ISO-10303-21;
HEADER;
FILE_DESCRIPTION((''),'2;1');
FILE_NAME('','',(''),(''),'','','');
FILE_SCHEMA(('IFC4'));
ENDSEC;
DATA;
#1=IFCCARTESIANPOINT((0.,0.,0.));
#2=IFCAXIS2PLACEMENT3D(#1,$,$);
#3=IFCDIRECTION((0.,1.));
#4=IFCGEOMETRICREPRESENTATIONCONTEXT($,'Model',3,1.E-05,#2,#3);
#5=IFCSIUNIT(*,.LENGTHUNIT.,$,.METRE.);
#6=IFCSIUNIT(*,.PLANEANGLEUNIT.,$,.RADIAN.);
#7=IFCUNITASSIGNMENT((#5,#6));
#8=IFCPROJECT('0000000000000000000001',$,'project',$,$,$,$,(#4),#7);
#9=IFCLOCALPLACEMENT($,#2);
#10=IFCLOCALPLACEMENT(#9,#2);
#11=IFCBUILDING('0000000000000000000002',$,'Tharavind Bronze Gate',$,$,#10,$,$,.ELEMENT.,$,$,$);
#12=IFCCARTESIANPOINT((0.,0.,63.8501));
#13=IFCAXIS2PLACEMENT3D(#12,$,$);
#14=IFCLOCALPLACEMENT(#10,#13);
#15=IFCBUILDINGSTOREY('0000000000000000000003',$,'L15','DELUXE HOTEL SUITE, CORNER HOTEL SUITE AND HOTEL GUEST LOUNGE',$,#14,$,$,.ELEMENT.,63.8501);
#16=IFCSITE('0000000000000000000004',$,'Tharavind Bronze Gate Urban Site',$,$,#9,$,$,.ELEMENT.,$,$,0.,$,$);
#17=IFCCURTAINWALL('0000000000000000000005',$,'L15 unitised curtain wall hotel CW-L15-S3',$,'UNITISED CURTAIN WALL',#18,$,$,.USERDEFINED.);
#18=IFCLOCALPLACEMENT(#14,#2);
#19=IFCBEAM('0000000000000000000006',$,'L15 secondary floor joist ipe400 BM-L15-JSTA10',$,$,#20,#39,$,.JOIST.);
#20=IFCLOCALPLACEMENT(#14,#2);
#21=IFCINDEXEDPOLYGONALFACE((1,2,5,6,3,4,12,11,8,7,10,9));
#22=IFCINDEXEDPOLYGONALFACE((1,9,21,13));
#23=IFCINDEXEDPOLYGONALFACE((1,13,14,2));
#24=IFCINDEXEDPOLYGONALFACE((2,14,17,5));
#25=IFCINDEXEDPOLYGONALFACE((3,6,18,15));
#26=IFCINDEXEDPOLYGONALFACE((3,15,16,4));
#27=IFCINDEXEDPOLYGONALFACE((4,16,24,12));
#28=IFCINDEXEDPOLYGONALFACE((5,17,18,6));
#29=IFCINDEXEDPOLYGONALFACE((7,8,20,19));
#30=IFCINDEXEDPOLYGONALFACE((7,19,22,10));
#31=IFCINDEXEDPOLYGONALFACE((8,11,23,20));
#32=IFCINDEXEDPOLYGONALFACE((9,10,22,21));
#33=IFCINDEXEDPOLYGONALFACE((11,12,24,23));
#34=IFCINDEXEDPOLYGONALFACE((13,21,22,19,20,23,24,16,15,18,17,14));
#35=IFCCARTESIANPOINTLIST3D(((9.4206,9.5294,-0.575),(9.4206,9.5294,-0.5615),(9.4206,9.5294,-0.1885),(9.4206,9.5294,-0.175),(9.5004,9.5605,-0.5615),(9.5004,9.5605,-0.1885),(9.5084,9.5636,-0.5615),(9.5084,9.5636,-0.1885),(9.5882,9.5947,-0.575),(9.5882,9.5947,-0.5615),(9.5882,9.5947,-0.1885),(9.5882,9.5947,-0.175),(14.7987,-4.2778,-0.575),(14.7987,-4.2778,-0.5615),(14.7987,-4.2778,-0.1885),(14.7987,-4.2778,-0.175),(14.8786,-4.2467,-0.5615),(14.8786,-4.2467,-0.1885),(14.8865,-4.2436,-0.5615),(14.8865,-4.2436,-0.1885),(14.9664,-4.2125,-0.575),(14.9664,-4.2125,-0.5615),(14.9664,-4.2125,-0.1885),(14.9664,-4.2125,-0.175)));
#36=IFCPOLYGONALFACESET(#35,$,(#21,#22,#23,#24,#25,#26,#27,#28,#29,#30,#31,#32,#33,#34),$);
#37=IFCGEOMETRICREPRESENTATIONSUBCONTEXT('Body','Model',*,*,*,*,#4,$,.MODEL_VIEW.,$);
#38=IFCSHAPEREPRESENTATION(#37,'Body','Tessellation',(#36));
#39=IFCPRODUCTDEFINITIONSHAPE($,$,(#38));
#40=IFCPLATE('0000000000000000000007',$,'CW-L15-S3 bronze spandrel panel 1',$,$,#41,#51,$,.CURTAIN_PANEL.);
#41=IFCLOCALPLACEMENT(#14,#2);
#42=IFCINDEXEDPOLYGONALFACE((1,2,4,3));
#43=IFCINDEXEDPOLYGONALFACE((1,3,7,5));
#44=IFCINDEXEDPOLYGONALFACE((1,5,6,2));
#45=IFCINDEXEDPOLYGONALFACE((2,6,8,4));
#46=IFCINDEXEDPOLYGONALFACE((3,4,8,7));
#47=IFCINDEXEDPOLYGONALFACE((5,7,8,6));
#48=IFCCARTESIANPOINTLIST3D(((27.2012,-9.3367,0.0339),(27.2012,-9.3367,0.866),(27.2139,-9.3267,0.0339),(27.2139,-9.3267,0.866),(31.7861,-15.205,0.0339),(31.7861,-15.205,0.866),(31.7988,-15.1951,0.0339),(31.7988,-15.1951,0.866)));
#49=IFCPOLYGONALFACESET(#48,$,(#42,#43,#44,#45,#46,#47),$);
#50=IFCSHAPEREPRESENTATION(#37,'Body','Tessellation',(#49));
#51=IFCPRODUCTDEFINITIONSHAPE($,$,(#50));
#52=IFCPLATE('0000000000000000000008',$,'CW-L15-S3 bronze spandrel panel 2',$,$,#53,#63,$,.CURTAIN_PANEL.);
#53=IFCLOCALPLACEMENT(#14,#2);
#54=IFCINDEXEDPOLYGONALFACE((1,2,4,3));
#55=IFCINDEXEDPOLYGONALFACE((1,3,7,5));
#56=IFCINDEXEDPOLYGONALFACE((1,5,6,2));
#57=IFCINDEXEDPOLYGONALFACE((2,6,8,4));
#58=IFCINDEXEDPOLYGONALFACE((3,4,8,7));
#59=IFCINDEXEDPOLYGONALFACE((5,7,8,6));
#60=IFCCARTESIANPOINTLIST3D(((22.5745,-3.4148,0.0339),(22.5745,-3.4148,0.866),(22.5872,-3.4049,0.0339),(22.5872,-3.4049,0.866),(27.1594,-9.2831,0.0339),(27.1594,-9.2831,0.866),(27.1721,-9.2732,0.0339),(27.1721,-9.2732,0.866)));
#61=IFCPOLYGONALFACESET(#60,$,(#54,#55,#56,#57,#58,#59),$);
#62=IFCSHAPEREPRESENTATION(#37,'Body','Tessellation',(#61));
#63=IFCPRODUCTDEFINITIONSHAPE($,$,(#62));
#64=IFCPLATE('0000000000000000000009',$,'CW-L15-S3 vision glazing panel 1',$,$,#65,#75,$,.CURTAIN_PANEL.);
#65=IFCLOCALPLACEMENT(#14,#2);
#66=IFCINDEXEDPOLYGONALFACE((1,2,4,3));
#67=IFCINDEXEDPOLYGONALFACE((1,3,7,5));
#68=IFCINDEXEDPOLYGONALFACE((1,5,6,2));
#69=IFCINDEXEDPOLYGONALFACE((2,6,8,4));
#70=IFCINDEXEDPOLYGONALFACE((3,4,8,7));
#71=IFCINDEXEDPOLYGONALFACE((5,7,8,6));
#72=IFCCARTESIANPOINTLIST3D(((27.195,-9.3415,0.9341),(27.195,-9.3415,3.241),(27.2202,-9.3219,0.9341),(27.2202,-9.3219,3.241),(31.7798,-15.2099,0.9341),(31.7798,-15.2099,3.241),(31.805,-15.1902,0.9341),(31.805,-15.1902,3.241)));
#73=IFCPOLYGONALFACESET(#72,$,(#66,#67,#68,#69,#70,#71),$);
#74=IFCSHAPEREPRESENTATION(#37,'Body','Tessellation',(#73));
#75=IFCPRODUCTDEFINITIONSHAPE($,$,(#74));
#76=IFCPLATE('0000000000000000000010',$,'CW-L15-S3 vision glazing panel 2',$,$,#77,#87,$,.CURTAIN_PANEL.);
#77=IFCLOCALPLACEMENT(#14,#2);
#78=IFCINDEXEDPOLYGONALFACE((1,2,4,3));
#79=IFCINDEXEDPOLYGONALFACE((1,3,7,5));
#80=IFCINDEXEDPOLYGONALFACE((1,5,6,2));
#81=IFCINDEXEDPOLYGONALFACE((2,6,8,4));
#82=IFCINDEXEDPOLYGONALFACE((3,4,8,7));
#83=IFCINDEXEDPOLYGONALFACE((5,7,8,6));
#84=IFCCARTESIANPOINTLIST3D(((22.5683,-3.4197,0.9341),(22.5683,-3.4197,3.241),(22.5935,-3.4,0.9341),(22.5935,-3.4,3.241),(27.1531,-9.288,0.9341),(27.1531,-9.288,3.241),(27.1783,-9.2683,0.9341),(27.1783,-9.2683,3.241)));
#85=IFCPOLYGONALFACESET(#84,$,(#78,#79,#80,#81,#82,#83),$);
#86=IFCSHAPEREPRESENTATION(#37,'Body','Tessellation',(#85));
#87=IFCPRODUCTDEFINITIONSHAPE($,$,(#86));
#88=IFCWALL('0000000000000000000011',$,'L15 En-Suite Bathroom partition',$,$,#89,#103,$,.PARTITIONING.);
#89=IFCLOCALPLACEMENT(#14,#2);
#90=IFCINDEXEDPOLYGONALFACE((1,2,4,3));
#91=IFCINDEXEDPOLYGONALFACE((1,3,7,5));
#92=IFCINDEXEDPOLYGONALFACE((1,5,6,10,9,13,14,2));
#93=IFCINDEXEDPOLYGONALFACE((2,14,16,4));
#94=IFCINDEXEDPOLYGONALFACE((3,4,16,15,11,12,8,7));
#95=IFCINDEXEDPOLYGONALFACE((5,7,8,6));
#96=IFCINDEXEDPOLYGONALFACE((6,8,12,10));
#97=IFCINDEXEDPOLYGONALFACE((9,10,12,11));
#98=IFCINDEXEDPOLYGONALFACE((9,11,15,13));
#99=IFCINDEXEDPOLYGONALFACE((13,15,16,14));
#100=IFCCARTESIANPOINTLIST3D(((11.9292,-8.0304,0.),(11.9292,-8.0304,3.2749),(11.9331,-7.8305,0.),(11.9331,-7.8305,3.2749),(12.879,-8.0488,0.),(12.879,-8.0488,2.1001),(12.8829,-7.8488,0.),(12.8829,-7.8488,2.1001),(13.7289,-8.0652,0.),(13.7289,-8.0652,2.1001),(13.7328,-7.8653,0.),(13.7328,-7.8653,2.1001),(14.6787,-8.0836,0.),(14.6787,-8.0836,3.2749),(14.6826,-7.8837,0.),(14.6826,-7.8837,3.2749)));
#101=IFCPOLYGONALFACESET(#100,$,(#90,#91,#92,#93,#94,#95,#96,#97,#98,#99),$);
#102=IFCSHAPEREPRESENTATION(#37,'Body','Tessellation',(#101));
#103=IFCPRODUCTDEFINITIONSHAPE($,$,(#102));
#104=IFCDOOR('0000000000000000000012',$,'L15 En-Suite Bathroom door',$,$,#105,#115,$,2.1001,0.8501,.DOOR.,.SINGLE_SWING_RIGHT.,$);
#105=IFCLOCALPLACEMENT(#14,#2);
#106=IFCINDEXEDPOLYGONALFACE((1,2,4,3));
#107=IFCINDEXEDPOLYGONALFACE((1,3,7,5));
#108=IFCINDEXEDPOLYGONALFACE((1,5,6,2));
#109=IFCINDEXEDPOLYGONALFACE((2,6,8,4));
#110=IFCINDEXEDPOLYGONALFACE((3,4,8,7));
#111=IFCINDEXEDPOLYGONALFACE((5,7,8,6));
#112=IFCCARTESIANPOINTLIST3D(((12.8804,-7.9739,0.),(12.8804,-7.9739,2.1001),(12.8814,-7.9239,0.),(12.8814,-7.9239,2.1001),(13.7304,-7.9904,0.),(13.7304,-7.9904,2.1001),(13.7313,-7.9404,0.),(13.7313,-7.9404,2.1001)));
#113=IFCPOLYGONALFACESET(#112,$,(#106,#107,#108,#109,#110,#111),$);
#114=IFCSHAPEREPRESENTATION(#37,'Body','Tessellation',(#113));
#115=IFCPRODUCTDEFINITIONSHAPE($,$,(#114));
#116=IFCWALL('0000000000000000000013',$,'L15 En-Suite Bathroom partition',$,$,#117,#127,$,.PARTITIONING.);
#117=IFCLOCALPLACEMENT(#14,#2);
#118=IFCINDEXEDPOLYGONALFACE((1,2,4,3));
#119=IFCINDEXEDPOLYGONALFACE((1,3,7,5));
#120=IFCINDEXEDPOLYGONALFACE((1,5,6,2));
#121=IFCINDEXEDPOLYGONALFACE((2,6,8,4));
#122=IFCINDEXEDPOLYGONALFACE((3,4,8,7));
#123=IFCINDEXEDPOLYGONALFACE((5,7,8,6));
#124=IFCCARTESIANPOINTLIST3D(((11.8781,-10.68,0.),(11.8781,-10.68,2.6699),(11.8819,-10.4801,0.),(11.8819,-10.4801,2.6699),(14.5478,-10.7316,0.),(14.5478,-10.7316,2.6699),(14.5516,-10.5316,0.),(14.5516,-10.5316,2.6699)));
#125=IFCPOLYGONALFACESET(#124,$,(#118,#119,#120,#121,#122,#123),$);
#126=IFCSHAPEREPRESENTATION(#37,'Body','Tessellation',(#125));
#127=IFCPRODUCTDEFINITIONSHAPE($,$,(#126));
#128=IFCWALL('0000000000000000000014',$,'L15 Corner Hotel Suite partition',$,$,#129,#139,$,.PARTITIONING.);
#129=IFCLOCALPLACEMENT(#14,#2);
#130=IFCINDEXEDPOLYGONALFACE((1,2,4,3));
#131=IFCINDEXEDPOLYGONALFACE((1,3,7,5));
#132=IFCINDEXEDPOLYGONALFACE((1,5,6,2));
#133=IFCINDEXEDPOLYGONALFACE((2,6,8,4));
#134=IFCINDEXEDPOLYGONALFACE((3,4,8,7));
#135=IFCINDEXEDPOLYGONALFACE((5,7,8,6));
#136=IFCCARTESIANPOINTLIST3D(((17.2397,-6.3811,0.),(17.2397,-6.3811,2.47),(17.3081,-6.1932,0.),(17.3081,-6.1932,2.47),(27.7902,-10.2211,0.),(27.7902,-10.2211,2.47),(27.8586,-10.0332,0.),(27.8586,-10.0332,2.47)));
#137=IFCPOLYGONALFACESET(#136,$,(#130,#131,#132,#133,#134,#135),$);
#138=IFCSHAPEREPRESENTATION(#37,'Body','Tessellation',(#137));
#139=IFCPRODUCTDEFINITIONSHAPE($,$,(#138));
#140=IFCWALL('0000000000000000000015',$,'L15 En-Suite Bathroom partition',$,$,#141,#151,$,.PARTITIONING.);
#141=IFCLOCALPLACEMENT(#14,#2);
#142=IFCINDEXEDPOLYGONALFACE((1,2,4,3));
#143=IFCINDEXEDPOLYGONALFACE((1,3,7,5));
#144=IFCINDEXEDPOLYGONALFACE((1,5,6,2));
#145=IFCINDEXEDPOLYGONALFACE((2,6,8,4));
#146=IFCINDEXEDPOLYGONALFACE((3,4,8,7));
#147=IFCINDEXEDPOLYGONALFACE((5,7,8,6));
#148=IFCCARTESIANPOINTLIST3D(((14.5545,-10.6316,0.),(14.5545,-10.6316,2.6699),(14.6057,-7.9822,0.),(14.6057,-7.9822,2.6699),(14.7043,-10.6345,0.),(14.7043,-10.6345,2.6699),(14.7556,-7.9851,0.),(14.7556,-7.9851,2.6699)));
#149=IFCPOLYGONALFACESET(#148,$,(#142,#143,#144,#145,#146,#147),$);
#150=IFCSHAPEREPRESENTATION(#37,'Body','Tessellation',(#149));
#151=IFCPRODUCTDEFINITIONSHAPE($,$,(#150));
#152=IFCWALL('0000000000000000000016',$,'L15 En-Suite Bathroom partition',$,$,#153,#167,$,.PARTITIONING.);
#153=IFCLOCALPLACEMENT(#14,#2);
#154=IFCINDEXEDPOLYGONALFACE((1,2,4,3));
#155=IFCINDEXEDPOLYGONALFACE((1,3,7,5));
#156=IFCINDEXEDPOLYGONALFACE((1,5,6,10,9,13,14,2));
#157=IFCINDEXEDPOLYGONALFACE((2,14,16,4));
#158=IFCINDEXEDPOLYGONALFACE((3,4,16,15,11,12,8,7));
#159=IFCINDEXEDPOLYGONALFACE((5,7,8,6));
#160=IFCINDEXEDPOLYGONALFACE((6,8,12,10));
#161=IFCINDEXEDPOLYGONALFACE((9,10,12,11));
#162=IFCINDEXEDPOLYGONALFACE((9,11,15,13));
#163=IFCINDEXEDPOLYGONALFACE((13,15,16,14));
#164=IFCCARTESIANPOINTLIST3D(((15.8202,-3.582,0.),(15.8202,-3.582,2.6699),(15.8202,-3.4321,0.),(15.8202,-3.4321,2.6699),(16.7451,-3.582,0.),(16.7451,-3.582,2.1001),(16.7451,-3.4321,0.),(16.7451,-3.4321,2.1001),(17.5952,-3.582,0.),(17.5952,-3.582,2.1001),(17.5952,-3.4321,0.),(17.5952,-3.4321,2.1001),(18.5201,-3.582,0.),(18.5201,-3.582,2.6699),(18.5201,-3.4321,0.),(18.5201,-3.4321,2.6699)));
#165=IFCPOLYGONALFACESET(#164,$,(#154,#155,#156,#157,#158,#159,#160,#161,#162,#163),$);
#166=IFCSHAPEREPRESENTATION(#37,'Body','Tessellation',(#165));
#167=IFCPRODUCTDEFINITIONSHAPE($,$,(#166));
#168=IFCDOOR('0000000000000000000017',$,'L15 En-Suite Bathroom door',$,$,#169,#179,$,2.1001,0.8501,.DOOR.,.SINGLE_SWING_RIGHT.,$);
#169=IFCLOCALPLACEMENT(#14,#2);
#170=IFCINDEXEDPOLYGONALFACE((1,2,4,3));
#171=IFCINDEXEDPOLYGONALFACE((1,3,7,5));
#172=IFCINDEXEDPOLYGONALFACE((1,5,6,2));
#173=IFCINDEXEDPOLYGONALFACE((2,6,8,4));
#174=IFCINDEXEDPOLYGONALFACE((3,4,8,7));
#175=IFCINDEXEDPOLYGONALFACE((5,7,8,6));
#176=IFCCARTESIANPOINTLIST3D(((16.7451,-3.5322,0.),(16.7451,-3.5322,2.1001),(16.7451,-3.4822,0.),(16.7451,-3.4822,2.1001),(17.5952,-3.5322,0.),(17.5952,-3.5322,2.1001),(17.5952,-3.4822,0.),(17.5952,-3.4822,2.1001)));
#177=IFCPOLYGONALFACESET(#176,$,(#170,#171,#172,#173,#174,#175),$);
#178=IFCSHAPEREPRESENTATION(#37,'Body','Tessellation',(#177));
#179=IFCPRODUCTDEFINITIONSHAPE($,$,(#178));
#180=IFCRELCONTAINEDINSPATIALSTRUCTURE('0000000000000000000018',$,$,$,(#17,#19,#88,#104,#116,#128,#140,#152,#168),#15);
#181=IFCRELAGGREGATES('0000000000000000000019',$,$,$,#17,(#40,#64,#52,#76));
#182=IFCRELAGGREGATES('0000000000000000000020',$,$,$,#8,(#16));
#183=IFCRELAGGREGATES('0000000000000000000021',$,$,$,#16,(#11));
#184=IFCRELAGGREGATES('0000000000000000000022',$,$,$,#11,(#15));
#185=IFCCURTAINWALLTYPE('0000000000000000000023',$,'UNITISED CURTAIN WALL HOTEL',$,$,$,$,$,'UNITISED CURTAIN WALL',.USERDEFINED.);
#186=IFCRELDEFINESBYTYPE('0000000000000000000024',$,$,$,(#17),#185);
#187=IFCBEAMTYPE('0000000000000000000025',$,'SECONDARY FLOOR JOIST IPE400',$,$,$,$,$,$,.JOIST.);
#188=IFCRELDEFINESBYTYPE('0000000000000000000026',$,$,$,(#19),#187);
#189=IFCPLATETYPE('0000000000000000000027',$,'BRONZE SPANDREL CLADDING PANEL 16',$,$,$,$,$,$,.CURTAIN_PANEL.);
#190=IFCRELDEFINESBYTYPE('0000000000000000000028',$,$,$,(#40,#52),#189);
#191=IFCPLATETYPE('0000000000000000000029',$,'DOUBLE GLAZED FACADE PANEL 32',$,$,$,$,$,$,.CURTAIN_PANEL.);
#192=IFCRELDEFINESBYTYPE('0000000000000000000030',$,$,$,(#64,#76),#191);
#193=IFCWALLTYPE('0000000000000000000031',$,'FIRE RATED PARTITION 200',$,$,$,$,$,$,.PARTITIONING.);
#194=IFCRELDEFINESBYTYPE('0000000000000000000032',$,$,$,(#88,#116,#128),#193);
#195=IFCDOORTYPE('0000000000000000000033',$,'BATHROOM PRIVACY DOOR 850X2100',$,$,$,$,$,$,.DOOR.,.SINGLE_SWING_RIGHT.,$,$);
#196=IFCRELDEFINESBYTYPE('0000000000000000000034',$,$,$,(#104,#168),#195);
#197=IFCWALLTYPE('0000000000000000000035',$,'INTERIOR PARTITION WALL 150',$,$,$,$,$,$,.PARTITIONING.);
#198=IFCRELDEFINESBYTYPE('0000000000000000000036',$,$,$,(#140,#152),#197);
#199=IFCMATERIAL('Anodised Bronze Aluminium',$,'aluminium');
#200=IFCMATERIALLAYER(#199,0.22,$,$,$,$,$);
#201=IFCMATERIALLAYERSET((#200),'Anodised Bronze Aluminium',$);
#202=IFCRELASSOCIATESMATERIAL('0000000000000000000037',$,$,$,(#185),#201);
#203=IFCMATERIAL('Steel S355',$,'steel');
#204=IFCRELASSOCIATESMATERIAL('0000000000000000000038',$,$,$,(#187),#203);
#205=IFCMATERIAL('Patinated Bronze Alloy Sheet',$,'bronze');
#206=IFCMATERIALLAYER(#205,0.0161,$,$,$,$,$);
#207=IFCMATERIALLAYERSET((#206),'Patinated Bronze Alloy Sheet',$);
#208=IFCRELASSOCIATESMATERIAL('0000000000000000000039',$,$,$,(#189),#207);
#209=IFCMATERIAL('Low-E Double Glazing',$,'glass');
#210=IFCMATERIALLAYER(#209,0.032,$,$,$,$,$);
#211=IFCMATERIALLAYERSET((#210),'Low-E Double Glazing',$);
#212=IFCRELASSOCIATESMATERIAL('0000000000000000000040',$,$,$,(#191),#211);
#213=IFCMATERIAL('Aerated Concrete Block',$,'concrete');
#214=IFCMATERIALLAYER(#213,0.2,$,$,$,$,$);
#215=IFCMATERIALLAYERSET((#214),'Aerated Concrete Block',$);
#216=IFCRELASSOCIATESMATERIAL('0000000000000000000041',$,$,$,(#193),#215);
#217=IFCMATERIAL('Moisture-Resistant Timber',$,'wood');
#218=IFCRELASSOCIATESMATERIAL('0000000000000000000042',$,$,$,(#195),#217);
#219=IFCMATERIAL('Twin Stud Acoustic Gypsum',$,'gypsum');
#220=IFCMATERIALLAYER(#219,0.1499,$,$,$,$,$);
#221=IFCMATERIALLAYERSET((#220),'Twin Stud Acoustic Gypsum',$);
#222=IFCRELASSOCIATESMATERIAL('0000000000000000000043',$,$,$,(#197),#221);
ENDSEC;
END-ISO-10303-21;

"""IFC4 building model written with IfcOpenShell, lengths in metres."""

from ifc_helpers import new_model, si_unit, direction, frame, frame_2d, origin, origin_2d, place, context, subcontext, project, spatial, rectangle, i_section, extrude, material, layer, layer_set, material_profile, profile_set, type_object, element, fill, aggregate, save


model = new_model("IFC4")

# Units and contexts
model_context = context("Model", 3, precision=1e-05, world=origin(), true_north=direction((0.0, 1.0)))
body_context = subcontext(model_context, "Body", "Model", "MODEL_VIEW")
ifc_project = project(units=[si_unit("LENGTHUNIT", "METRE"), si_unit("PLANEANGLEUNIT", "RADIAN")], contexts=[model_context])

# Site, building, storey
site_placement = place(None, origin())
site = spatial("IfcSite", under=ifc_project, at=site_placement, Name="Tharavind Bronze Gate Urban Site", CompositionType="ELEMENT", RefElevation=0.0)
building_placement = place(site_placement, origin())
building = spatial("IfcBuilding", under=site, at=building_placement, Name="Tharavind Bronze Gate", CompositionType="ELEMENT")
storey_placement = place(building_placement, frame((0.0, 0.0, 63.8501)))
storey = spatial("IfcBuildingStorey", under=building, at=storey_placement, Name="L15", Description="DELUXE HOTEL SUITE, CORNER HOTEL SUITE AND HOTEL GUEST LOUNGE", CompositionType="ELEMENT", Elevation=63.8501)

# Curtain wall
ifc_material_1 = material(Name="Anodised Bronze Aluminium", Category="aluminium")
ifc_layer_1 = layer(ifc_material_1, 0.22)
ifc_layer_set_1 = layer_set([ifc_layer_1], Name="Anodised Bronze Aluminium")
curtain_wall_type = type_object("IfcCurtainWallType", Name="UNITISED CURTAIN WALL HOTEL", ElementType="UNITISED CURTAIN WALL", PredefinedType="USERDEFINED", material=ifc_layer_set_1)
curtain_wall_placement = place(storey_placement, origin())
curtain_wall = element("IfcCurtainWall", 1, at=curtain_wall_placement, inside=storey, type_object=curtain_wall_type, Name="L15 unitised curtain wall hotel CW-L15-S3", ObjectType="UNITISED CURTAIN WALL", PredefinedType="USERDEFINED")

# Beam
ifc_material_2 = material(Name="Steel S355", Category="steel")
ifc_material_profile_1 = material_profile(ifc_material_2, i_section(OverallWidth=0.1799, OverallDepth=0.3999, WebThickness=0.0085, FlangeThickness=0.0134, at=origin_2d()), Name="IPE400")
ifc_profile_set_1 = profile_set([ifc_material_profile_1], Name="Steel S355")
beam_type_1 = type_object("IfcBeamType", Name="SECONDARY FLOOR JOIST IPE400", PredefinedType="JOIST", material=ifc_profile_set_1)
beam_1_placement = place(storey_placement, frame((14.8826, -4.2451, -0.375), z_axis=(-0.362958, 0.931805, 0.0), x_axis=(-0.931805, -0.362958, 0.0)))
element("IfcBeam", 2, at=beam_1_placement, inside=storey, type_object=beam_type_1, Name="L15 secondary floor joist ipe400 BM-L15-JSTA10", PredefinedType="JOIST", context=body_context, shape_type="SweptSolid", body=[
    extrude(i_section(OverallWidth=0.1799, OverallDepth=0.3999, WebThickness=0.0085, FlangeThickness=0.0134, at=origin_2d()), origin(), (0.0, 0.0, 1.0), 14.8176),
])

# Plates
ifc_material_3 = material(Name="Patinated Bronze Alloy Sheet", Category="bronze")
ifc_layer_2 = layer(ifc_material_3, 0.0161)
ifc_layer_set_2 = layer_set([ifc_layer_2], Name="Patinated Bronze Alloy Sheet")
plate_type_1 = type_object("IfcPlateType", Name="BRONZE SPANDREL CLADDING PANEL 16", PredefinedType="CURTAIN_PANEL", material=ifc_layer_set_2)
plate_1_placement = place(storey_placement, frame((29.5, -12.2659, 0.0339), z_axis=(0.0, 0.0, 1.0), x_axis=(-0.615661, 0.788011, 0.0)))
plate_1 = element("IfcPlate", 3, at=plate_1_placement, type_object=plate_type_1, Name="CW-L15-S3 bronze spandrel panel 1", PredefinedType="CURTAIN_PANEL", context=body_context, shape_type="SweptSolid", body=[
    extrude(rectangle(XDim=7.447, YDim=0.0161, at=origin_2d()), origin(), (0.0, 0.0, 1.0), 0.832),
])
plate_2_placement = place(storey_placement, frame((24.8733, -6.344, 0.0339), z_axis=(0.0, 0.0, 1.0), x_axis=(-0.615661, 0.788011, 0.0)))
plate_2 = element("IfcPlate", 4, at=plate_2_placement, type_object=plate_type_1, Name="CW-L15-S3 bronze spandrel panel 2", PredefinedType="CURTAIN_PANEL", context=body_context, shape_type="SweptSolid", body=[
    extrude(rectangle(XDim=7.447, YDim=0.0161, at=origin_2d()), origin(), (0.0, 0.0, 1.0), 0.832),
])
ifc_material_4 = material(Name="Low-E Double Glazing", Category="glass")
ifc_layer_3 = layer(ifc_material_4, 0.032)
ifc_layer_set_3 = layer_set([ifc_layer_3], Name="Low-E Double Glazing")
plate_type_2 = type_object("IfcPlateType", Name="DOUBLE GLAZED FACADE PANEL 32", PredefinedType="CURTAIN_PANEL", material=ifc_layer_set_3)
plate_3_placement = place(storey_placement, frame((29.5, -12.2659, 0.9341), z_axis=(0.0, 0.0, 1.0), x_axis=(-0.615661, 0.788011, 0.0)))
plate_3 = element("IfcPlate", 5, at=plate_3_placement, type_object=plate_type_2, Name="CW-L15-S3 vision glazing panel 1", PredefinedType="CURTAIN_PANEL", context=body_context, shape_type="SweptSolid", body=[
    extrude(rectangle(XDim=7.447, YDim=0.032, at=origin_2d()), origin(), (0.0, 0.0, 1.0), 2.3069),
])
plate_4_placement = place(storey_placement, frame((24.8733, -6.344, 0.9341), z_axis=(0.0, 0.0, 1.0), x_axis=(-0.615661, 0.788011, 0.0)))
plate_4 = element("IfcPlate", 6, at=plate_4_placement, type_object=plate_type_2, Name="CW-L15-S3 vision glazing panel 2", PredefinedType="CURTAIN_PANEL", context=body_context, shape_type="SweptSolid", body=[
    extrude(rectangle(XDim=7.447, YDim=0.032, at=origin_2d()), origin(), (0.0, 0.0, 1.0), 2.3069),
])
aggregate(curtain_wall, [plate_1, plate_3, plate_2, plate_4])

# Wall, opening, door
ifc_material_5 = material(Name="Aerated Concrete Block", Category="concrete")
ifc_layer_4 = layer(ifc_material_5, 0.2)
ifc_layer_set_4 = layer_set([ifc_layer_4], Name="Aerated Concrete Block")
wall_type_1 = type_object("IfcWallType", Name="FIRE RATED PARTITION 200", PredefinedType="PARTITIONING", material=ifc_layer_set_4)
wall_1_placement = place(storey_placement, frame((11.9312, -7.9304, 0.0), z_axis=(0.0, 0.0, 1.0), x_axis=(0.999813, -0.019354, 0.0)))
wall_1 = element("IfcWall", 7, at=wall_1_placement, inside=storey, type_object=wall_type_1, Name="L15 En-Suite Bathroom partition", PredefinedType="PARTITIONING", context=body_context, shape_type="SweptSolid", body=[
    extrude(rectangle(XDim=2.75, YDim=0.2, at=frame_2d((1.375, 0.0))), origin(), (0.0, 0.0, 1.0), 3.2749),
])
opening_1_placement = place(wall_1_placement, frame((0.95, 0.0, 0.0)))
opening_1 = element("IfcOpeningElement", 8, at=opening_1_placement, cuts=wall_1, PredefinedType="OPENING", context=body_context, shape_type="SweptSolid", body=[
    extrude(rectangle(XDim=0.8501, YDim=2.1001, at=frame_2d((0.425, 1.05))), frame((0.0, 0.1101, 0.0), z_axis=(0.0, -1.0, 0.0), x_axis=(1.0, 0.0, 0.0)), (0.0, 0.0, 1.0), 0.22),
])
ifc_material_6 = material(Name="Moisture-Resistant Timber", Category="wood")
door_type = type_object("IfcDoorType", Name="BATHROOM PRIVACY DOOR 850X2100", OperationType="SINGLE_SWING_RIGHT", PredefinedType="DOOR", material=ifc_material_6)
door_1_placement = place(opening_1_placement, origin())
door_1 = element("IfcDoor", 9, at=door_1_placement, inside=storey, type_object=door_type, Name="L15 En-Suite Bathroom door", OperationType="SINGLE_SWING_RIGHT", OverallHeight=2.1001, OverallWidth=0.8501, PredefinedType="DOOR", context=body_context, shape_type="SweptSolid", body=[
    extrude(rectangle(XDim=0.8501, YDim=2.1001, at=frame_2d((0.425, 1.05))), frame((0.0, 0.0249, 0.0), z_axis=(0.0, -1.0, 0.0), x_axis=(1.0, 0.0, 0.0)), (0.0, 0.0, 1.0), 0.05),
])
fill(opening_1, door_1)

# Walls
wall_2_placement = place(storey_placement, frame((14.5496, -10.6316, 0.0), z_axis=(0.0, 0.0, 1.0), x_axis=(-0.999814, 0.019292, 0.0)))
element("IfcWall", 10, at=wall_2_placement, inside=storey, type_object=wall_type_1, Name="L15 En-Suite Bathroom partition", PredefinedType="PARTITIONING", context=body_context, shape_type="SweptSolid", body=[
    extrude(rectangle(XDim=2.6702, YDim=0.2, at=frame_2d((1.335, 0.0))), origin(), (0.0, 0.0, 1.0), 2.6699),
])
wall_3_placement = place(storey_placement, frame((17.2739, -6.2871, 0.0), z_axis=(0.0, 0.0, 1.0), x_axis=(0.939692, -0.342021, 0.0)))
element("IfcWall", 11, at=wall_3_placement, inside=storey, type_object=wall_type_1, Name="L15 Corner Hotel Suite partition", PredefinedType="PARTITIONING", context=body_context, shape_type="SweptSolid", body=[
    extrude(rectangle(XDim=11.2275, YDim=0.2, at=frame_2d((5.6138, 0.0))), origin(), (0.0, 0.0, 1.0), 2.47),
])
ifc_material_7 = material(Name="Twin Stud Acoustic Gypsum", Category="gypsum")
ifc_layer_5 = layer(ifc_material_7, 0.1499)
ifc_layer_set_5 = layer_set([ifc_layer_5], Name="Twin Stud Acoustic Gypsum")
wall_type_2 = type_object("IfcWallType", Name="INTERIOR PARTITION WALL 150", PredefinedType="PARTITIONING", material=ifc_layer_set_5)
wall_4_placement = place(storey_placement, frame((14.6807, -7.9836, 0.0), z_axis=(0.0, 0.0, 1.0), x_axis=(-0.019348, -0.999813, 0.0)))
element("IfcWall", 12, at=wall_4_placement, inside=storey, type_object=wall_type_2, Name="L15 En-Suite Bathroom partition", PredefinedType="PARTITIONING", context=body_context, shape_type="SweptSolid", body=[
    extrude(rectangle(XDim=2.6499, YDim=0.1499, at=frame_2d((1.325, 0.0))), origin(), (0.0, 0.0, 1.0), 2.6699),
])

# Wall, opening, door
wall_5_placement = place(storey_placement, frame((15.8201, -3.5071, 0.0), z_axis=(0.0, 0.0, 1.0), x_axis=(1.0, 0.0, 0.0)))
wall_5 = element("IfcWall", 13, at=wall_5_placement, inside=storey, type_object=wall_type_2, Name="L15 En-Suite Bathroom partition", PredefinedType="PARTITIONING", context=body_context, shape_type="SweptSolid", body=[
    extrude(rectangle(XDim=2.7, YDim=0.1499, at=frame_2d((1.3501, 0.0))), origin(), (0.0, 0.0, 1.0), 2.6699),
])
opening_2_placement = place(wall_5_placement, frame((0.925, 0.0, 0.0)))
opening_2 = element("IfcOpeningElement", 14, at=opening_2_placement, cuts=wall_5, PredefinedType="OPENING", context=body_context, shape_type="SweptSolid", body=[
    extrude(rectangle(XDim=0.8501, YDim=2.1001, at=frame_2d((0.425, 1.05))), frame((0.0, 0.085, 0.0), z_axis=(0.0, -1.0, 0.0), x_axis=(1.0, 0.0, 0.0)), (0.0, 0.0, 1.0), 0.1699),
])
door_2_placement = place(opening_2_placement, origin())
door_2 = element("IfcDoor", 15, at=door_2_placement, inside=storey, type_object=door_type, Name="L15 En-Suite Bathroom door", OperationType="SINGLE_SWING_RIGHT", OverallHeight=2.1001, OverallWidth=0.8501, PredefinedType="DOOR", context=body_context, shape_type="SweptSolid", body=[
    extrude(rectangle(XDim=0.8501, YDim=2.1001, at=frame_2d((0.425, 1.05))), frame((0.0, 0.0249, 0.0), z_axis=(0.0, -1.0, 0.0), x_axis=(1.0, 0.0, 0.0)), (0.0, 0.0, 1.0), 0.05),
])
fill(opening_2, door_2)

save(model, "model.ifc")
